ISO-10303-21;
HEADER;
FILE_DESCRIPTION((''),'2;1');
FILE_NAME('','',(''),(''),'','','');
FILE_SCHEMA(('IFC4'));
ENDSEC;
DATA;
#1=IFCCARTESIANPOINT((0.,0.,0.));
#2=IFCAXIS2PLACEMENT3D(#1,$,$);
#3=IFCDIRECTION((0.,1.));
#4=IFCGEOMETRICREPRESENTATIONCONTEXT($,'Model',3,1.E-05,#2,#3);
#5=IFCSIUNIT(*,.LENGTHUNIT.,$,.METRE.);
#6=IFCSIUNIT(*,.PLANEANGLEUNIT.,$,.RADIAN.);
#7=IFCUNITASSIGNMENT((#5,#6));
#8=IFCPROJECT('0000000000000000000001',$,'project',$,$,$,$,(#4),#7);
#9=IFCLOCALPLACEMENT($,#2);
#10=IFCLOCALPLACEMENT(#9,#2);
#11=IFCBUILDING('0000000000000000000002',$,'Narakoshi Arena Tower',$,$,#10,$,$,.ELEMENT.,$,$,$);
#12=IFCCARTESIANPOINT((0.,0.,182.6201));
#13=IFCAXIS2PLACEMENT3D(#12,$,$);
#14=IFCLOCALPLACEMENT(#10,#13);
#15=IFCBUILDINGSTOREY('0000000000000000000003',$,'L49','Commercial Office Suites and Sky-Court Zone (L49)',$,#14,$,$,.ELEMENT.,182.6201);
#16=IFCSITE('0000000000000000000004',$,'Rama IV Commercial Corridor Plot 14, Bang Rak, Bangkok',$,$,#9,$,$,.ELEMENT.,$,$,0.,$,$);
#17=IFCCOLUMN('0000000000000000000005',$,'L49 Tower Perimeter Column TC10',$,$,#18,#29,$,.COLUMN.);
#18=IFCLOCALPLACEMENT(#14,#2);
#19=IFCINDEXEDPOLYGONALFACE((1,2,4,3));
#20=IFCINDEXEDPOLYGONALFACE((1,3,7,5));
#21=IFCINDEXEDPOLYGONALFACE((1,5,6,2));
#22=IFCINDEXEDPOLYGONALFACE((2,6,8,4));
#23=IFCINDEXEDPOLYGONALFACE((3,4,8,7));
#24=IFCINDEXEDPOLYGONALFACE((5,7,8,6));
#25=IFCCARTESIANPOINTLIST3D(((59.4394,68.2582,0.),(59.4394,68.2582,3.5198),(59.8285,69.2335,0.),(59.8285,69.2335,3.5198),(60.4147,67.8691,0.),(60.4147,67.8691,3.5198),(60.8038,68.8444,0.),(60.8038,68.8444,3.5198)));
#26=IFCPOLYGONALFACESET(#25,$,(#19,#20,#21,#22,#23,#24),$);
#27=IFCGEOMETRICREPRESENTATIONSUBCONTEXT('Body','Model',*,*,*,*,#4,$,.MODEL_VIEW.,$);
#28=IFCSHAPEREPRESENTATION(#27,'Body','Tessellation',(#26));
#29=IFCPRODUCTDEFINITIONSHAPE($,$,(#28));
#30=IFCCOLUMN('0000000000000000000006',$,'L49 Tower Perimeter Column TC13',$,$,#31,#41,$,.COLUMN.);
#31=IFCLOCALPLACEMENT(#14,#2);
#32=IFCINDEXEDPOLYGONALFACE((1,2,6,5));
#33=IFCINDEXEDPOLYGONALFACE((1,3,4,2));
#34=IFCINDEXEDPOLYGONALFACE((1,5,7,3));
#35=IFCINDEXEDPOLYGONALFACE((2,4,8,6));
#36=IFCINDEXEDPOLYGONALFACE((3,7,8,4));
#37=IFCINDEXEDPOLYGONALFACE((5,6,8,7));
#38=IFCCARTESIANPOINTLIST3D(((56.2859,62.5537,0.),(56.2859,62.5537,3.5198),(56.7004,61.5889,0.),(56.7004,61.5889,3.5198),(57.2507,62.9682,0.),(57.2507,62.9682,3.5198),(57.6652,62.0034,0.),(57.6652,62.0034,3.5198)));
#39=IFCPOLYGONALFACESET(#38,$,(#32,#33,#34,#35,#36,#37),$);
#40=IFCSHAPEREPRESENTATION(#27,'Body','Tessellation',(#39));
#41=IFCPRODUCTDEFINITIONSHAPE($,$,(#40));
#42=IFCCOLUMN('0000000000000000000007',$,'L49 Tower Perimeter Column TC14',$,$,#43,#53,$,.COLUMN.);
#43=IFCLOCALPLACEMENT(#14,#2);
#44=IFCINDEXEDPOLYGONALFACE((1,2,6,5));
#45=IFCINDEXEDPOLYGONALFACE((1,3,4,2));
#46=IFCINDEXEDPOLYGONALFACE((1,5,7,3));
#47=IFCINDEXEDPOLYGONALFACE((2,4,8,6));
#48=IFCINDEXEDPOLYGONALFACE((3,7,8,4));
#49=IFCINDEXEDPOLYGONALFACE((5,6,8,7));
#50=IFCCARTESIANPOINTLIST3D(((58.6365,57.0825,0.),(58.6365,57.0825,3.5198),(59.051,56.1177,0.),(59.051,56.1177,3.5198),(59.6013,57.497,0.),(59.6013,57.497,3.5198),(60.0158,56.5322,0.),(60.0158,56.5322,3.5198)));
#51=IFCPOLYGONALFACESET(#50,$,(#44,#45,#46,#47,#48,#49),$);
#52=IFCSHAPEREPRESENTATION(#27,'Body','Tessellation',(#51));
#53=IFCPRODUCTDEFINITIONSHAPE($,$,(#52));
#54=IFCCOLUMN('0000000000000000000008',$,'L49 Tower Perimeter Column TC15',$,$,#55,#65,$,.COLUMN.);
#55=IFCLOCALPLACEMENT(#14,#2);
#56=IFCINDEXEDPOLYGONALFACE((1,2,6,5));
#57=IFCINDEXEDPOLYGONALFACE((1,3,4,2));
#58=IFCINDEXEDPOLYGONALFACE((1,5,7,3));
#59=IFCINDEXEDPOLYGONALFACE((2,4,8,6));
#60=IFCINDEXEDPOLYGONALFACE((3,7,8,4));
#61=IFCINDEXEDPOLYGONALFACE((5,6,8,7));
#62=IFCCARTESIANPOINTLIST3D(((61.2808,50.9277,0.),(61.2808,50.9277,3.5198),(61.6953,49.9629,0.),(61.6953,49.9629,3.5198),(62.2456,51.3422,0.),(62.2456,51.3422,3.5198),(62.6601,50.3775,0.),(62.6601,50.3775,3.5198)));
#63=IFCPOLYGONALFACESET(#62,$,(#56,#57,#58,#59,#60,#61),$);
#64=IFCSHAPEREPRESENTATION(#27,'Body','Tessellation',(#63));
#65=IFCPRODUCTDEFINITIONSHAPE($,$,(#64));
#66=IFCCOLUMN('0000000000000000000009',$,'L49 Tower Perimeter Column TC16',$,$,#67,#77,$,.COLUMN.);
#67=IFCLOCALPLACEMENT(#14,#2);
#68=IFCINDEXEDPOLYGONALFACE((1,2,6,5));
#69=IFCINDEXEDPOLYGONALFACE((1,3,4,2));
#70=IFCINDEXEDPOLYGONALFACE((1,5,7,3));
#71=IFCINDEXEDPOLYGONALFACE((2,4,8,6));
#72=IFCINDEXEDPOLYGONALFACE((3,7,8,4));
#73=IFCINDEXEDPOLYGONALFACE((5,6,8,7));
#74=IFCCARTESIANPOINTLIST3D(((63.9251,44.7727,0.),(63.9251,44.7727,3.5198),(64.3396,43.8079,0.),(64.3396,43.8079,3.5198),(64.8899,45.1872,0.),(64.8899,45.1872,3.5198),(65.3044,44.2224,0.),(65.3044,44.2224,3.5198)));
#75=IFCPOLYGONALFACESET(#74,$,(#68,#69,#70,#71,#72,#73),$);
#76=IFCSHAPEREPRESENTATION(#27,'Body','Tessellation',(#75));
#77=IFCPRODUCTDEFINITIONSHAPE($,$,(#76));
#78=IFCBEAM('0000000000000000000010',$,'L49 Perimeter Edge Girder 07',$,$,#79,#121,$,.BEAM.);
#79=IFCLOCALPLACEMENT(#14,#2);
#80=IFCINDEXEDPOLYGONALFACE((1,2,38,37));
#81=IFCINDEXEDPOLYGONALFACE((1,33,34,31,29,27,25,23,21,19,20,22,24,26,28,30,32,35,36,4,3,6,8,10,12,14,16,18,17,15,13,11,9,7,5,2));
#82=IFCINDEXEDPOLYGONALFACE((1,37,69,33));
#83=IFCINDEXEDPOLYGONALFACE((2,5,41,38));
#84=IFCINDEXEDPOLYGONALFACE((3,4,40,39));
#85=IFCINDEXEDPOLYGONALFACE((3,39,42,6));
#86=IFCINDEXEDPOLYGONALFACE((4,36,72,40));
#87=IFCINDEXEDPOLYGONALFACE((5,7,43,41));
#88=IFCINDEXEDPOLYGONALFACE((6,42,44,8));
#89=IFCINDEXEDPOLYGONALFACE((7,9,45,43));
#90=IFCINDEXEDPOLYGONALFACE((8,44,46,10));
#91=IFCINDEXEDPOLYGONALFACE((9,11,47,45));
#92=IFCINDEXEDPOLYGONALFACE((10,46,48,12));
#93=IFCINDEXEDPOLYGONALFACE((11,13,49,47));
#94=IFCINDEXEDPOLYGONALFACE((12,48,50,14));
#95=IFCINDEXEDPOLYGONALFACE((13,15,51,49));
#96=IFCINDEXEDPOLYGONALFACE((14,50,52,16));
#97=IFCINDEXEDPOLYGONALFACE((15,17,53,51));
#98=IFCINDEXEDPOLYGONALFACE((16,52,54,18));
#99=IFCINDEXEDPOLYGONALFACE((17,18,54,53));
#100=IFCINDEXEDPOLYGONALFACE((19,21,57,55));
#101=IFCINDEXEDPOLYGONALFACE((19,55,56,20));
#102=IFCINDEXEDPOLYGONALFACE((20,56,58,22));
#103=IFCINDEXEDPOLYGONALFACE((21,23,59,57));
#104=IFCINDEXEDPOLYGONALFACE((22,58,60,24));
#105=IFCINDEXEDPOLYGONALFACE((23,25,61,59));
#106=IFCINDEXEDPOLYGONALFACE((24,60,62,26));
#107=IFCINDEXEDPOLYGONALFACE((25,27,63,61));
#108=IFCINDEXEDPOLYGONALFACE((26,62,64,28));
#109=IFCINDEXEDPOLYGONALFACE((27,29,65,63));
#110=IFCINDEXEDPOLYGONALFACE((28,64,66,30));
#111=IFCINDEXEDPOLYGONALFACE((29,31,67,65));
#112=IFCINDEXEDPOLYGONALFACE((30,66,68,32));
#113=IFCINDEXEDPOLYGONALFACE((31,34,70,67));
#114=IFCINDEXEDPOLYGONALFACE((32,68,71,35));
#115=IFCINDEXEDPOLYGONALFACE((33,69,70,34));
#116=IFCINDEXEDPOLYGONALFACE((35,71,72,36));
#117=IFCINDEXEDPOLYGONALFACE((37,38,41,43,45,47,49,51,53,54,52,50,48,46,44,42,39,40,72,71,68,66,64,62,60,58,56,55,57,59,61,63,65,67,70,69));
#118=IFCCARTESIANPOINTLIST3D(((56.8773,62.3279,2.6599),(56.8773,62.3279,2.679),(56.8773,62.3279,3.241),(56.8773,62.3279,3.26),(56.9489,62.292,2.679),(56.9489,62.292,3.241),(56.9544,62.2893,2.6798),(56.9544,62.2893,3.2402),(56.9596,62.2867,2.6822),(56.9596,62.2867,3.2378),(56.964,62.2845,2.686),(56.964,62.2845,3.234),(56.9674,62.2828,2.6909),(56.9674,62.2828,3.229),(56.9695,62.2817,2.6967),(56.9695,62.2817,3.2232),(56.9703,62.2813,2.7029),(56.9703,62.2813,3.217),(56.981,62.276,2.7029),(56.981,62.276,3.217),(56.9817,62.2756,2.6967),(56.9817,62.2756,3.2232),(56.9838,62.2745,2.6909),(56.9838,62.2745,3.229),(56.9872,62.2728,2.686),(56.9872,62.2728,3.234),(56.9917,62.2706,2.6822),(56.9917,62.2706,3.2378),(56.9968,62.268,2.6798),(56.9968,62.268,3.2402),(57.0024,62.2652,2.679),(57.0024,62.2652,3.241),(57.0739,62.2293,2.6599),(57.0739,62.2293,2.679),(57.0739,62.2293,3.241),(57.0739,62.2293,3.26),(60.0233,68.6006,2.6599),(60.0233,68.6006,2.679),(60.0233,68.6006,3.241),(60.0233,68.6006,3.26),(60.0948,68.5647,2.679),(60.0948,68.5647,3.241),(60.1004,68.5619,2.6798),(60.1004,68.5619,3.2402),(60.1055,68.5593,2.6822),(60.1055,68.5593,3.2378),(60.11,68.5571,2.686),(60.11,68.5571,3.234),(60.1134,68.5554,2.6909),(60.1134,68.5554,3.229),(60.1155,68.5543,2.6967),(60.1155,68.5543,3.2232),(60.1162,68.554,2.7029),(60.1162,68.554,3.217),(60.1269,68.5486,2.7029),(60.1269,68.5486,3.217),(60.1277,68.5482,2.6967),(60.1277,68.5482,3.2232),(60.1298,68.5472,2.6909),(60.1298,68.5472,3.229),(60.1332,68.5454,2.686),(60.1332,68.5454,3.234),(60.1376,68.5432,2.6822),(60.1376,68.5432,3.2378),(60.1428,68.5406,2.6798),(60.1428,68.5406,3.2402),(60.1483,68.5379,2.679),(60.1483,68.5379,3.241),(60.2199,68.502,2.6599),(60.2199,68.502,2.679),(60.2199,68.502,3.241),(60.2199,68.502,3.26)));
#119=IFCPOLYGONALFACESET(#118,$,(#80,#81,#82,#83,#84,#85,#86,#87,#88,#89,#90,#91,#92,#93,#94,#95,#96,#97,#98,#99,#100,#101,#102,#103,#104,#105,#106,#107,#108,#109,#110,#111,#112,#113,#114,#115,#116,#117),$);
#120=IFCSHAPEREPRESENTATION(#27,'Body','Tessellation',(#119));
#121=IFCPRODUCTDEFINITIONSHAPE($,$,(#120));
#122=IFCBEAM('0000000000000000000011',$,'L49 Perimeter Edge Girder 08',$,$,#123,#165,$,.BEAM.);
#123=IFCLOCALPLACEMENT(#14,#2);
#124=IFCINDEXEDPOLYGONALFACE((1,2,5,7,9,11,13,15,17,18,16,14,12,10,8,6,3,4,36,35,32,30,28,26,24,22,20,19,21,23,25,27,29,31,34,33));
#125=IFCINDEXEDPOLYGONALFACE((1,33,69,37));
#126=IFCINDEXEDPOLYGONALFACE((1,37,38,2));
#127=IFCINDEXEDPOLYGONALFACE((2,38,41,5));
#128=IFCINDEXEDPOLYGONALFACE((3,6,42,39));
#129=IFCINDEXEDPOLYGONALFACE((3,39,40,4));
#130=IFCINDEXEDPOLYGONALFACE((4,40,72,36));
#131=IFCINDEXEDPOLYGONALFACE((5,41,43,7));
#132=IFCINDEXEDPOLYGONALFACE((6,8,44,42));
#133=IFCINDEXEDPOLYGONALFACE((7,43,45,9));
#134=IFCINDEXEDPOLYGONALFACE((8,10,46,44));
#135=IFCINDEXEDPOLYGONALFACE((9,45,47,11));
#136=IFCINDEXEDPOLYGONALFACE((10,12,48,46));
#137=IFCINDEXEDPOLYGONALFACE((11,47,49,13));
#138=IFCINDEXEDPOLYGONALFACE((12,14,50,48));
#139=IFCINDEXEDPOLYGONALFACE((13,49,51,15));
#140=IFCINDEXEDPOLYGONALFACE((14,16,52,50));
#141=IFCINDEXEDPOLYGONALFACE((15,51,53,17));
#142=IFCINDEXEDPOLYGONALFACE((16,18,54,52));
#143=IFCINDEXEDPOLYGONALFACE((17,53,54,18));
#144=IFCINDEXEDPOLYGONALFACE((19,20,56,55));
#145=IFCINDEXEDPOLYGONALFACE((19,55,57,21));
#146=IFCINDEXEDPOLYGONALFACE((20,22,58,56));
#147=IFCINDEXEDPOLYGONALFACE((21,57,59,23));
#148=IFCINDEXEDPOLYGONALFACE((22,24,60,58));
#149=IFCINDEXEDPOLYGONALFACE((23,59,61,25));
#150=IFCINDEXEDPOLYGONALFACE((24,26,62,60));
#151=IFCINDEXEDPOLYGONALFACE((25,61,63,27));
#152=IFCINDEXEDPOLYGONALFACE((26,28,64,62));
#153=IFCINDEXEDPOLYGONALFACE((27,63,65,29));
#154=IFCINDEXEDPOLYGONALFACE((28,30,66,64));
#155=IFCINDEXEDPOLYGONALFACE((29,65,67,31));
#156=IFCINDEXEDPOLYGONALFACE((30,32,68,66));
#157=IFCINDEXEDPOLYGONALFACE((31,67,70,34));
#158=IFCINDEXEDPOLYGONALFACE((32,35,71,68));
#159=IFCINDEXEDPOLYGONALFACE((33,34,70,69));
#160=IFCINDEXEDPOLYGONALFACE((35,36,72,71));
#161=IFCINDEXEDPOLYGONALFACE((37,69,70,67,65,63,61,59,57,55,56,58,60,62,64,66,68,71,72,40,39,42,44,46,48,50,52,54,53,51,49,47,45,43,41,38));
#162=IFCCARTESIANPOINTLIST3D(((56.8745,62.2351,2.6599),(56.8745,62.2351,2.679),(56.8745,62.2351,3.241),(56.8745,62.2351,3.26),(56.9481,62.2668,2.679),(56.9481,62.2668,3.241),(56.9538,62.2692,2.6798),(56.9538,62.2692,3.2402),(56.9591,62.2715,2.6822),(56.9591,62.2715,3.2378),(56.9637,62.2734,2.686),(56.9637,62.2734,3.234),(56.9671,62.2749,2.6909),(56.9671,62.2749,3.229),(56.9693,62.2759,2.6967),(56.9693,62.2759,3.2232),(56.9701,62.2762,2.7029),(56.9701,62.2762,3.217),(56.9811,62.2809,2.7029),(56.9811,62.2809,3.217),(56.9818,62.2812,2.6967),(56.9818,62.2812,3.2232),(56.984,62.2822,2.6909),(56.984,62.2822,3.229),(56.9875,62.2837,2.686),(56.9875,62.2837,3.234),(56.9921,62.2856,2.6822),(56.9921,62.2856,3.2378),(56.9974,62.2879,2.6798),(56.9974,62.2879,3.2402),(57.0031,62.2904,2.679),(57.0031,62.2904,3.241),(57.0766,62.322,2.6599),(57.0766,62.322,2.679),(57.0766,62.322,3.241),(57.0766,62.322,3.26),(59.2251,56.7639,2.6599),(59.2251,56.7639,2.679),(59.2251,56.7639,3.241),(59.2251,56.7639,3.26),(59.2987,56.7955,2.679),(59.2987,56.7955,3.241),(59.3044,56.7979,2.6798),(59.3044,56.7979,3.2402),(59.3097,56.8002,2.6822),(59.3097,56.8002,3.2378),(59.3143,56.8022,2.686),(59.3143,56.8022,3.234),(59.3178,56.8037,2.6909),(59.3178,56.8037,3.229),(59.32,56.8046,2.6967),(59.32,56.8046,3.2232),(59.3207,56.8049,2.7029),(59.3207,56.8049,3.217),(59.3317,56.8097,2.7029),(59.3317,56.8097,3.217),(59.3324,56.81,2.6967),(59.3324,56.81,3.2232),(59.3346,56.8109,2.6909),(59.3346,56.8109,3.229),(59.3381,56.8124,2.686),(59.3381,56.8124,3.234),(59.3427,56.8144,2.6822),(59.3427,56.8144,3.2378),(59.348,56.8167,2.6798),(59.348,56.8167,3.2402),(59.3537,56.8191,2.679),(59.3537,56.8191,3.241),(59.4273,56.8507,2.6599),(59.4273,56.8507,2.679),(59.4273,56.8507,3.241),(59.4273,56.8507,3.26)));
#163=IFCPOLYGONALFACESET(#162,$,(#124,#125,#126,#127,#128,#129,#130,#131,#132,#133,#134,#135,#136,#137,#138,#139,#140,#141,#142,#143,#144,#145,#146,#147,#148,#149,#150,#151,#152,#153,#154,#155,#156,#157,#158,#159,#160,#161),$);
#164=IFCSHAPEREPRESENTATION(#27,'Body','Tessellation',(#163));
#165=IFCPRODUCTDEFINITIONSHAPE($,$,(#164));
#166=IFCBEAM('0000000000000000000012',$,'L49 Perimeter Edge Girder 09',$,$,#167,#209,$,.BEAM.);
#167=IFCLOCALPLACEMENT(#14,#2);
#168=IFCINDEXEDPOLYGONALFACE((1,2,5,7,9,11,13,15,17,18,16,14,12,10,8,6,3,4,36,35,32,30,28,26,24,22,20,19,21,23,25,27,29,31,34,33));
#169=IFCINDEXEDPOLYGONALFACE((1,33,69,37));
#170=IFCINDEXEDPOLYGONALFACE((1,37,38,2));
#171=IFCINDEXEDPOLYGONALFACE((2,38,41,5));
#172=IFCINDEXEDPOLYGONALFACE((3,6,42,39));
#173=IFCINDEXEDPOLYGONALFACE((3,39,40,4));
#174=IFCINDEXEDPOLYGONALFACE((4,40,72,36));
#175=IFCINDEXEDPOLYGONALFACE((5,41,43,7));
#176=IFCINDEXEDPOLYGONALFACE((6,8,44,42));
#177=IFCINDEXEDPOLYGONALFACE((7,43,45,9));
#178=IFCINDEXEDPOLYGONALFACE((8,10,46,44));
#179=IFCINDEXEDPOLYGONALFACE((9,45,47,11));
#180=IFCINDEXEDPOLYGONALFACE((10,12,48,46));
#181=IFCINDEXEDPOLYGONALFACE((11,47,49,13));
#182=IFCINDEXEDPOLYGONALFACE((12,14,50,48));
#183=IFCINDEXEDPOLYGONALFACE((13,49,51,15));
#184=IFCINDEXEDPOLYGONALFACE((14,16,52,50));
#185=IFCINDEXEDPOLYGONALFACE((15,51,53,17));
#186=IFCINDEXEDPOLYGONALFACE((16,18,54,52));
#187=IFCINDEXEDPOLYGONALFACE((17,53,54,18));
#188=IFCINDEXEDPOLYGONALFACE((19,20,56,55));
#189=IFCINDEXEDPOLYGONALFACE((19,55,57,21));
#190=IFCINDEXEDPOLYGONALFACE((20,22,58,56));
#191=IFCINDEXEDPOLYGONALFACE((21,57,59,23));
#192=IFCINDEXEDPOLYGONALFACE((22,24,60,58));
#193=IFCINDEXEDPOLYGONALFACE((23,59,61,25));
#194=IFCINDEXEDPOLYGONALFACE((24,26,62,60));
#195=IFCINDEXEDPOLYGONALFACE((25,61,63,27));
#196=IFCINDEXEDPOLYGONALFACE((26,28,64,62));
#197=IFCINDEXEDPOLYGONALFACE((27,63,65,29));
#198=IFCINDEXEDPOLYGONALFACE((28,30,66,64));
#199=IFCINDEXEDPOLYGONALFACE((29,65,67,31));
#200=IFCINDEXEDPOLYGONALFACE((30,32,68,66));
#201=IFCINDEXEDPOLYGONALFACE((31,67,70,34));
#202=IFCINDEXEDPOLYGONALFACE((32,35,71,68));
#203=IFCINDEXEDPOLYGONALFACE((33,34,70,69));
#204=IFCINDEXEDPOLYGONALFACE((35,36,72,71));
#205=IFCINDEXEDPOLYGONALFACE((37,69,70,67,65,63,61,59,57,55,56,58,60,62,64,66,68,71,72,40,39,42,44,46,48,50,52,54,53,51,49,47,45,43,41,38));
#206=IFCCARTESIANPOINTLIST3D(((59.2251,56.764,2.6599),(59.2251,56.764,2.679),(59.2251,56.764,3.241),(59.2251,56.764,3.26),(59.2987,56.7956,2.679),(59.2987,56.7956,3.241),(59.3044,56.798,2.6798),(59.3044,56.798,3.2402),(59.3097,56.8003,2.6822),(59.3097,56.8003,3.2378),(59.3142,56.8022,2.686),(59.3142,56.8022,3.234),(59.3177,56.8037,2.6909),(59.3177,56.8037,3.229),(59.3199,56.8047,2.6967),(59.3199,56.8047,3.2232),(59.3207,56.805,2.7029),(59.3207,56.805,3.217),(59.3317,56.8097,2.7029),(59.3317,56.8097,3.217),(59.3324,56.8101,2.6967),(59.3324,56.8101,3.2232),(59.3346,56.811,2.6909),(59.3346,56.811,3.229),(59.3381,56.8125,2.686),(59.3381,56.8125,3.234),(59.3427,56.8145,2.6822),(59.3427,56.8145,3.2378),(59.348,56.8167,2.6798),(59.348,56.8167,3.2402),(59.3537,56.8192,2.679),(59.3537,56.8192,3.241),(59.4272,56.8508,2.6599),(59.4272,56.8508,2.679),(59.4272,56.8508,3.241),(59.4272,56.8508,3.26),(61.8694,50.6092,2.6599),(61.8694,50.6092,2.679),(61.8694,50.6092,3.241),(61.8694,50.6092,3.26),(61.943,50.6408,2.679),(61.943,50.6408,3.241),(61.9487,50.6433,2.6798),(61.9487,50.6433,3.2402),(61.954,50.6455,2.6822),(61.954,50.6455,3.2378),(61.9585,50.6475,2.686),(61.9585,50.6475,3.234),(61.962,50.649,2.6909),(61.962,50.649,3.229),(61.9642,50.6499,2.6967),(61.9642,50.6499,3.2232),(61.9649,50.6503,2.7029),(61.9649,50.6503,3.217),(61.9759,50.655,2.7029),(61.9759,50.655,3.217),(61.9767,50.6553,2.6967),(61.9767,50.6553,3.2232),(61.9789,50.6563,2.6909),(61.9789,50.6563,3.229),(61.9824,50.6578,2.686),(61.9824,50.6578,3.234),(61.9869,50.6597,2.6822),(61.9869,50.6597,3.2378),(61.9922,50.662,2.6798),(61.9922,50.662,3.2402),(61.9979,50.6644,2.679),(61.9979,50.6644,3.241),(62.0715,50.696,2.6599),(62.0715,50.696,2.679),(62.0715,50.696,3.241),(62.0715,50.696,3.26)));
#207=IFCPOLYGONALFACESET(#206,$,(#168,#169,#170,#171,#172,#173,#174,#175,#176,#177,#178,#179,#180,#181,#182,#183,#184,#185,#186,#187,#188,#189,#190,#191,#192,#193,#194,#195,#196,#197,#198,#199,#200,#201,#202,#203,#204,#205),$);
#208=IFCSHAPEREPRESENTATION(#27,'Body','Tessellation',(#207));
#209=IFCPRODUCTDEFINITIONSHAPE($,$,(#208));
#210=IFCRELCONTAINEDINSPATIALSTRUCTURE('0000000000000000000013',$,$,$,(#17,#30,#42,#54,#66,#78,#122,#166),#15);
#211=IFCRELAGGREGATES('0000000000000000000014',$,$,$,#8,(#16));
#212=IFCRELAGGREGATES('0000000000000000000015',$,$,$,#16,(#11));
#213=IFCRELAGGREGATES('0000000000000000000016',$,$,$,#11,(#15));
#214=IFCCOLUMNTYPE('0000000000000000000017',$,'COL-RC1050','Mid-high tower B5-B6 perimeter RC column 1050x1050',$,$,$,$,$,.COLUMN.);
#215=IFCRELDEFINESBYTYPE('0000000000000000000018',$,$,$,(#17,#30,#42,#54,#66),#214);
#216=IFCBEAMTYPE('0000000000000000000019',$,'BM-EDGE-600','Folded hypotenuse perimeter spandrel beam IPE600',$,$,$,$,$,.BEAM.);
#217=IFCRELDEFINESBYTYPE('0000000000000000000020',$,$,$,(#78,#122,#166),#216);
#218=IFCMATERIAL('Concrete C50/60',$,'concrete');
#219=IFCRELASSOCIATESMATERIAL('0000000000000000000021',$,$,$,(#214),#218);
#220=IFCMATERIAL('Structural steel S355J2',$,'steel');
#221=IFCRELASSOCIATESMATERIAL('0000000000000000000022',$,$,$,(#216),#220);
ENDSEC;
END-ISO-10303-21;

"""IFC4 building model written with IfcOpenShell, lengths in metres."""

from ifc_helpers import new_model, si_unit, direction, frame, origin, origin_2d, place, context, subcontext, project, spatial, rectangle, i_section, extrude, material, material_profile, profile_set, type_object, element, save


model = new_model("IFC4")

# Units and contexts
model_context = context("Model", 3, precision=1e-05, world=origin(), true_north=direction((0.0, 1.0)))
body_context = subcontext(model_context, "Body", "Model", "MODEL_VIEW")
ifc_project = project(units=[si_unit("LENGTHUNIT", "METRE"), si_unit("PLANEANGLEUNIT", "RADIAN")], contexts=[model_context])

# Site, building, storey
site_placement = place(None, origin())
site = spatial("IfcSite", under=ifc_project, at=site_placement, Name="Rama IV Commercial Corridor Plot 14, Bang Rak, Bangkok", CompositionType="ELEMENT", RefElevation=0.0)
building_placement = place(site_placement, origin())
building = spatial("IfcBuilding", under=site, at=building_placement, Name="Narakoshi Arena Tower", CompositionType="ELEMENT")
storey_placement = place(building_placement, frame((0.0, 0.0, 182.6201)))
storey = spatial("IfcBuildingStorey", under=building, at=storey_placement, Name="L49", Description="Commercial Office Suites and Sky-Court Zone (L49)", CompositionType="ELEMENT", Elevation=182.6201)

# Columns
ifc_material_1 = material(Name="Concrete C50/60", Category="concrete")
ifc_material_profile_1 = material_profile(ifc_material_1, rectangle(XDim=1.05, YDim=1.05, at=origin_2d()), Name="RC1050x1050")
ifc_profile_set_1 = profile_set([ifc_material_profile_1], Name="Concrete C50/60")
column_type = type_object("IfcColumnType", Name="COL-RC1050", Description="Mid-high tower B5-B6 perimeter RC column 1050x1050", PredefinedType="COLUMN", material=ifc_profile_set_1)
for number, where, z_axis, x_axis, name in (
    (1, (60.1216, 68.5513, 0.0), (0.0, 0.0, 1.0), (0.370557, 0.92881, 0.0), "L49 Tower Perimeter Column TC10"),
    (2, (56.9756, 62.2786, 0.0), (0.0, 0.0, 1.0), (-0.394744, 0.918791, 0.0), "L49 Tower Perimeter Column TC13"),
    (3, (59.3262, 56.8074, 0.0), (0.0, 0.0, 1.0), (-0.394744, 0.918791, 0.0), "L49 Tower Perimeter Column TC14"),
    (4, (61.9705, 50.6526, 0.0), (0.0, 0.0, 1.0), (-0.394744, 0.918791, 0.0), "L49 Tower Perimeter Column TC15"),
    (5, (64.6147, 44.4976, 0.0), (0.0, 0.0, 1.0), (-0.394744, 0.918791, 0.0), "L49 Tower Perimeter Column TC16"),
):
    element("IfcColumn", number, at=place(storey_placement, frame(where, z_axis=z_axis, x_axis=x_axis)), inside=storey, type_object=column_type, Name=name, PredefinedType="COLUMN", context=body_context, shape_type="SweptSolid", body=[
        extrude(rectangle(XDim=1.05, YDim=1.05, at=origin_2d()), origin(), (0.0, 0.0, 1.0), 3.5198),
    ])

# Beams
ifc_material_2 = material(Name="Structural steel S355J2", Category="steel")
ifc_material_profile_2 = material_profile(ifc_material_2, i_section(OverallWidth=0.22, OverallDepth=0.6001, WebThickness=0.012, FlangeThickness=0.019, FilletRadius=0.0239, at=origin_2d()), Name="IPE600")
ifc_profile_set_2 = profile_set([ifc_material_profile_2], Name="Structural steel S355J2")
beam_type_1 = type_object("IfcBeamType", Name="BM-EDGE-600", Description="Folded hypotenuse perimeter spandrel beam IPE600", PredefinedType="BEAM", material=ifc_profile_set_2)
beam_1_placement = place(storey_placement, frame((60.1216, 68.5513, 2.96), z_axis=(-0.448313, -0.893877, 0.0), x_axis=(0.893877, -0.448313, 0.0)))
element("IfcBeam", 6, at=beam_1_placement, inside=storey, type_object=beam_type_1, Name="L49 Perimeter Edge Girder 07", PredefinedType="BEAM", context=body_context, shape_type="SweptSolid", body=[
    extrude(i_section(OverallWidth=0.22, OverallDepth=0.6001, WebThickness=0.012, FlangeThickness=0.019, FilletRadius=0.0239, at=origin_2d()), origin(), (0.0, 0.0, 1.0), 7.0173),
])
beam_2_placement = place(storey_placement, frame((56.9756, 62.2786, 2.96), z_axis=(0.394741, -0.918793, 0.0), x_axis=(0.918793, 0.394741, 0.0)))
element("IfcBeam", 7, at=beam_2_placement, inside=storey, type_object=beam_type_1, Name="L49 Perimeter Edge Girder 08", PredefinedType="BEAM", context=body_context, shape_type="SweptSolid", body=[
    extrude(i_section(OverallWidth=0.22, OverallDepth=0.6001, WebThickness=0.012, FlangeThickness=0.019, FilletRadius=0.0239, at=origin_2d()), origin(), (0.0, 0.0, 1.0), 5.9548),
])
beam_3_placement = place(storey_placement, frame((59.3262, 56.8074, 2.96), z_axis=(0.394742, -0.918792, 0.0), x_axis=(0.918792, 0.394742, 0.0)))
element("IfcBeam", 8, at=beam_3_placement, inside=storey, type_object=beam_type_1, Name="L49 Perimeter Edge Girder 09", PredefinedType="BEAM", context=body_context, shape_type="SweptSolid", body=[
    extrude(i_section(OverallWidth=0.22, OverallDepth=0.6001, WebThickness=0.012, FlangeThickness=0.019, FilletRadius=0.0239, at=origin_2d()), origin(), (0.0, 0.0, 1.0), 6.6987),
])

save(model, "model.ifc")
